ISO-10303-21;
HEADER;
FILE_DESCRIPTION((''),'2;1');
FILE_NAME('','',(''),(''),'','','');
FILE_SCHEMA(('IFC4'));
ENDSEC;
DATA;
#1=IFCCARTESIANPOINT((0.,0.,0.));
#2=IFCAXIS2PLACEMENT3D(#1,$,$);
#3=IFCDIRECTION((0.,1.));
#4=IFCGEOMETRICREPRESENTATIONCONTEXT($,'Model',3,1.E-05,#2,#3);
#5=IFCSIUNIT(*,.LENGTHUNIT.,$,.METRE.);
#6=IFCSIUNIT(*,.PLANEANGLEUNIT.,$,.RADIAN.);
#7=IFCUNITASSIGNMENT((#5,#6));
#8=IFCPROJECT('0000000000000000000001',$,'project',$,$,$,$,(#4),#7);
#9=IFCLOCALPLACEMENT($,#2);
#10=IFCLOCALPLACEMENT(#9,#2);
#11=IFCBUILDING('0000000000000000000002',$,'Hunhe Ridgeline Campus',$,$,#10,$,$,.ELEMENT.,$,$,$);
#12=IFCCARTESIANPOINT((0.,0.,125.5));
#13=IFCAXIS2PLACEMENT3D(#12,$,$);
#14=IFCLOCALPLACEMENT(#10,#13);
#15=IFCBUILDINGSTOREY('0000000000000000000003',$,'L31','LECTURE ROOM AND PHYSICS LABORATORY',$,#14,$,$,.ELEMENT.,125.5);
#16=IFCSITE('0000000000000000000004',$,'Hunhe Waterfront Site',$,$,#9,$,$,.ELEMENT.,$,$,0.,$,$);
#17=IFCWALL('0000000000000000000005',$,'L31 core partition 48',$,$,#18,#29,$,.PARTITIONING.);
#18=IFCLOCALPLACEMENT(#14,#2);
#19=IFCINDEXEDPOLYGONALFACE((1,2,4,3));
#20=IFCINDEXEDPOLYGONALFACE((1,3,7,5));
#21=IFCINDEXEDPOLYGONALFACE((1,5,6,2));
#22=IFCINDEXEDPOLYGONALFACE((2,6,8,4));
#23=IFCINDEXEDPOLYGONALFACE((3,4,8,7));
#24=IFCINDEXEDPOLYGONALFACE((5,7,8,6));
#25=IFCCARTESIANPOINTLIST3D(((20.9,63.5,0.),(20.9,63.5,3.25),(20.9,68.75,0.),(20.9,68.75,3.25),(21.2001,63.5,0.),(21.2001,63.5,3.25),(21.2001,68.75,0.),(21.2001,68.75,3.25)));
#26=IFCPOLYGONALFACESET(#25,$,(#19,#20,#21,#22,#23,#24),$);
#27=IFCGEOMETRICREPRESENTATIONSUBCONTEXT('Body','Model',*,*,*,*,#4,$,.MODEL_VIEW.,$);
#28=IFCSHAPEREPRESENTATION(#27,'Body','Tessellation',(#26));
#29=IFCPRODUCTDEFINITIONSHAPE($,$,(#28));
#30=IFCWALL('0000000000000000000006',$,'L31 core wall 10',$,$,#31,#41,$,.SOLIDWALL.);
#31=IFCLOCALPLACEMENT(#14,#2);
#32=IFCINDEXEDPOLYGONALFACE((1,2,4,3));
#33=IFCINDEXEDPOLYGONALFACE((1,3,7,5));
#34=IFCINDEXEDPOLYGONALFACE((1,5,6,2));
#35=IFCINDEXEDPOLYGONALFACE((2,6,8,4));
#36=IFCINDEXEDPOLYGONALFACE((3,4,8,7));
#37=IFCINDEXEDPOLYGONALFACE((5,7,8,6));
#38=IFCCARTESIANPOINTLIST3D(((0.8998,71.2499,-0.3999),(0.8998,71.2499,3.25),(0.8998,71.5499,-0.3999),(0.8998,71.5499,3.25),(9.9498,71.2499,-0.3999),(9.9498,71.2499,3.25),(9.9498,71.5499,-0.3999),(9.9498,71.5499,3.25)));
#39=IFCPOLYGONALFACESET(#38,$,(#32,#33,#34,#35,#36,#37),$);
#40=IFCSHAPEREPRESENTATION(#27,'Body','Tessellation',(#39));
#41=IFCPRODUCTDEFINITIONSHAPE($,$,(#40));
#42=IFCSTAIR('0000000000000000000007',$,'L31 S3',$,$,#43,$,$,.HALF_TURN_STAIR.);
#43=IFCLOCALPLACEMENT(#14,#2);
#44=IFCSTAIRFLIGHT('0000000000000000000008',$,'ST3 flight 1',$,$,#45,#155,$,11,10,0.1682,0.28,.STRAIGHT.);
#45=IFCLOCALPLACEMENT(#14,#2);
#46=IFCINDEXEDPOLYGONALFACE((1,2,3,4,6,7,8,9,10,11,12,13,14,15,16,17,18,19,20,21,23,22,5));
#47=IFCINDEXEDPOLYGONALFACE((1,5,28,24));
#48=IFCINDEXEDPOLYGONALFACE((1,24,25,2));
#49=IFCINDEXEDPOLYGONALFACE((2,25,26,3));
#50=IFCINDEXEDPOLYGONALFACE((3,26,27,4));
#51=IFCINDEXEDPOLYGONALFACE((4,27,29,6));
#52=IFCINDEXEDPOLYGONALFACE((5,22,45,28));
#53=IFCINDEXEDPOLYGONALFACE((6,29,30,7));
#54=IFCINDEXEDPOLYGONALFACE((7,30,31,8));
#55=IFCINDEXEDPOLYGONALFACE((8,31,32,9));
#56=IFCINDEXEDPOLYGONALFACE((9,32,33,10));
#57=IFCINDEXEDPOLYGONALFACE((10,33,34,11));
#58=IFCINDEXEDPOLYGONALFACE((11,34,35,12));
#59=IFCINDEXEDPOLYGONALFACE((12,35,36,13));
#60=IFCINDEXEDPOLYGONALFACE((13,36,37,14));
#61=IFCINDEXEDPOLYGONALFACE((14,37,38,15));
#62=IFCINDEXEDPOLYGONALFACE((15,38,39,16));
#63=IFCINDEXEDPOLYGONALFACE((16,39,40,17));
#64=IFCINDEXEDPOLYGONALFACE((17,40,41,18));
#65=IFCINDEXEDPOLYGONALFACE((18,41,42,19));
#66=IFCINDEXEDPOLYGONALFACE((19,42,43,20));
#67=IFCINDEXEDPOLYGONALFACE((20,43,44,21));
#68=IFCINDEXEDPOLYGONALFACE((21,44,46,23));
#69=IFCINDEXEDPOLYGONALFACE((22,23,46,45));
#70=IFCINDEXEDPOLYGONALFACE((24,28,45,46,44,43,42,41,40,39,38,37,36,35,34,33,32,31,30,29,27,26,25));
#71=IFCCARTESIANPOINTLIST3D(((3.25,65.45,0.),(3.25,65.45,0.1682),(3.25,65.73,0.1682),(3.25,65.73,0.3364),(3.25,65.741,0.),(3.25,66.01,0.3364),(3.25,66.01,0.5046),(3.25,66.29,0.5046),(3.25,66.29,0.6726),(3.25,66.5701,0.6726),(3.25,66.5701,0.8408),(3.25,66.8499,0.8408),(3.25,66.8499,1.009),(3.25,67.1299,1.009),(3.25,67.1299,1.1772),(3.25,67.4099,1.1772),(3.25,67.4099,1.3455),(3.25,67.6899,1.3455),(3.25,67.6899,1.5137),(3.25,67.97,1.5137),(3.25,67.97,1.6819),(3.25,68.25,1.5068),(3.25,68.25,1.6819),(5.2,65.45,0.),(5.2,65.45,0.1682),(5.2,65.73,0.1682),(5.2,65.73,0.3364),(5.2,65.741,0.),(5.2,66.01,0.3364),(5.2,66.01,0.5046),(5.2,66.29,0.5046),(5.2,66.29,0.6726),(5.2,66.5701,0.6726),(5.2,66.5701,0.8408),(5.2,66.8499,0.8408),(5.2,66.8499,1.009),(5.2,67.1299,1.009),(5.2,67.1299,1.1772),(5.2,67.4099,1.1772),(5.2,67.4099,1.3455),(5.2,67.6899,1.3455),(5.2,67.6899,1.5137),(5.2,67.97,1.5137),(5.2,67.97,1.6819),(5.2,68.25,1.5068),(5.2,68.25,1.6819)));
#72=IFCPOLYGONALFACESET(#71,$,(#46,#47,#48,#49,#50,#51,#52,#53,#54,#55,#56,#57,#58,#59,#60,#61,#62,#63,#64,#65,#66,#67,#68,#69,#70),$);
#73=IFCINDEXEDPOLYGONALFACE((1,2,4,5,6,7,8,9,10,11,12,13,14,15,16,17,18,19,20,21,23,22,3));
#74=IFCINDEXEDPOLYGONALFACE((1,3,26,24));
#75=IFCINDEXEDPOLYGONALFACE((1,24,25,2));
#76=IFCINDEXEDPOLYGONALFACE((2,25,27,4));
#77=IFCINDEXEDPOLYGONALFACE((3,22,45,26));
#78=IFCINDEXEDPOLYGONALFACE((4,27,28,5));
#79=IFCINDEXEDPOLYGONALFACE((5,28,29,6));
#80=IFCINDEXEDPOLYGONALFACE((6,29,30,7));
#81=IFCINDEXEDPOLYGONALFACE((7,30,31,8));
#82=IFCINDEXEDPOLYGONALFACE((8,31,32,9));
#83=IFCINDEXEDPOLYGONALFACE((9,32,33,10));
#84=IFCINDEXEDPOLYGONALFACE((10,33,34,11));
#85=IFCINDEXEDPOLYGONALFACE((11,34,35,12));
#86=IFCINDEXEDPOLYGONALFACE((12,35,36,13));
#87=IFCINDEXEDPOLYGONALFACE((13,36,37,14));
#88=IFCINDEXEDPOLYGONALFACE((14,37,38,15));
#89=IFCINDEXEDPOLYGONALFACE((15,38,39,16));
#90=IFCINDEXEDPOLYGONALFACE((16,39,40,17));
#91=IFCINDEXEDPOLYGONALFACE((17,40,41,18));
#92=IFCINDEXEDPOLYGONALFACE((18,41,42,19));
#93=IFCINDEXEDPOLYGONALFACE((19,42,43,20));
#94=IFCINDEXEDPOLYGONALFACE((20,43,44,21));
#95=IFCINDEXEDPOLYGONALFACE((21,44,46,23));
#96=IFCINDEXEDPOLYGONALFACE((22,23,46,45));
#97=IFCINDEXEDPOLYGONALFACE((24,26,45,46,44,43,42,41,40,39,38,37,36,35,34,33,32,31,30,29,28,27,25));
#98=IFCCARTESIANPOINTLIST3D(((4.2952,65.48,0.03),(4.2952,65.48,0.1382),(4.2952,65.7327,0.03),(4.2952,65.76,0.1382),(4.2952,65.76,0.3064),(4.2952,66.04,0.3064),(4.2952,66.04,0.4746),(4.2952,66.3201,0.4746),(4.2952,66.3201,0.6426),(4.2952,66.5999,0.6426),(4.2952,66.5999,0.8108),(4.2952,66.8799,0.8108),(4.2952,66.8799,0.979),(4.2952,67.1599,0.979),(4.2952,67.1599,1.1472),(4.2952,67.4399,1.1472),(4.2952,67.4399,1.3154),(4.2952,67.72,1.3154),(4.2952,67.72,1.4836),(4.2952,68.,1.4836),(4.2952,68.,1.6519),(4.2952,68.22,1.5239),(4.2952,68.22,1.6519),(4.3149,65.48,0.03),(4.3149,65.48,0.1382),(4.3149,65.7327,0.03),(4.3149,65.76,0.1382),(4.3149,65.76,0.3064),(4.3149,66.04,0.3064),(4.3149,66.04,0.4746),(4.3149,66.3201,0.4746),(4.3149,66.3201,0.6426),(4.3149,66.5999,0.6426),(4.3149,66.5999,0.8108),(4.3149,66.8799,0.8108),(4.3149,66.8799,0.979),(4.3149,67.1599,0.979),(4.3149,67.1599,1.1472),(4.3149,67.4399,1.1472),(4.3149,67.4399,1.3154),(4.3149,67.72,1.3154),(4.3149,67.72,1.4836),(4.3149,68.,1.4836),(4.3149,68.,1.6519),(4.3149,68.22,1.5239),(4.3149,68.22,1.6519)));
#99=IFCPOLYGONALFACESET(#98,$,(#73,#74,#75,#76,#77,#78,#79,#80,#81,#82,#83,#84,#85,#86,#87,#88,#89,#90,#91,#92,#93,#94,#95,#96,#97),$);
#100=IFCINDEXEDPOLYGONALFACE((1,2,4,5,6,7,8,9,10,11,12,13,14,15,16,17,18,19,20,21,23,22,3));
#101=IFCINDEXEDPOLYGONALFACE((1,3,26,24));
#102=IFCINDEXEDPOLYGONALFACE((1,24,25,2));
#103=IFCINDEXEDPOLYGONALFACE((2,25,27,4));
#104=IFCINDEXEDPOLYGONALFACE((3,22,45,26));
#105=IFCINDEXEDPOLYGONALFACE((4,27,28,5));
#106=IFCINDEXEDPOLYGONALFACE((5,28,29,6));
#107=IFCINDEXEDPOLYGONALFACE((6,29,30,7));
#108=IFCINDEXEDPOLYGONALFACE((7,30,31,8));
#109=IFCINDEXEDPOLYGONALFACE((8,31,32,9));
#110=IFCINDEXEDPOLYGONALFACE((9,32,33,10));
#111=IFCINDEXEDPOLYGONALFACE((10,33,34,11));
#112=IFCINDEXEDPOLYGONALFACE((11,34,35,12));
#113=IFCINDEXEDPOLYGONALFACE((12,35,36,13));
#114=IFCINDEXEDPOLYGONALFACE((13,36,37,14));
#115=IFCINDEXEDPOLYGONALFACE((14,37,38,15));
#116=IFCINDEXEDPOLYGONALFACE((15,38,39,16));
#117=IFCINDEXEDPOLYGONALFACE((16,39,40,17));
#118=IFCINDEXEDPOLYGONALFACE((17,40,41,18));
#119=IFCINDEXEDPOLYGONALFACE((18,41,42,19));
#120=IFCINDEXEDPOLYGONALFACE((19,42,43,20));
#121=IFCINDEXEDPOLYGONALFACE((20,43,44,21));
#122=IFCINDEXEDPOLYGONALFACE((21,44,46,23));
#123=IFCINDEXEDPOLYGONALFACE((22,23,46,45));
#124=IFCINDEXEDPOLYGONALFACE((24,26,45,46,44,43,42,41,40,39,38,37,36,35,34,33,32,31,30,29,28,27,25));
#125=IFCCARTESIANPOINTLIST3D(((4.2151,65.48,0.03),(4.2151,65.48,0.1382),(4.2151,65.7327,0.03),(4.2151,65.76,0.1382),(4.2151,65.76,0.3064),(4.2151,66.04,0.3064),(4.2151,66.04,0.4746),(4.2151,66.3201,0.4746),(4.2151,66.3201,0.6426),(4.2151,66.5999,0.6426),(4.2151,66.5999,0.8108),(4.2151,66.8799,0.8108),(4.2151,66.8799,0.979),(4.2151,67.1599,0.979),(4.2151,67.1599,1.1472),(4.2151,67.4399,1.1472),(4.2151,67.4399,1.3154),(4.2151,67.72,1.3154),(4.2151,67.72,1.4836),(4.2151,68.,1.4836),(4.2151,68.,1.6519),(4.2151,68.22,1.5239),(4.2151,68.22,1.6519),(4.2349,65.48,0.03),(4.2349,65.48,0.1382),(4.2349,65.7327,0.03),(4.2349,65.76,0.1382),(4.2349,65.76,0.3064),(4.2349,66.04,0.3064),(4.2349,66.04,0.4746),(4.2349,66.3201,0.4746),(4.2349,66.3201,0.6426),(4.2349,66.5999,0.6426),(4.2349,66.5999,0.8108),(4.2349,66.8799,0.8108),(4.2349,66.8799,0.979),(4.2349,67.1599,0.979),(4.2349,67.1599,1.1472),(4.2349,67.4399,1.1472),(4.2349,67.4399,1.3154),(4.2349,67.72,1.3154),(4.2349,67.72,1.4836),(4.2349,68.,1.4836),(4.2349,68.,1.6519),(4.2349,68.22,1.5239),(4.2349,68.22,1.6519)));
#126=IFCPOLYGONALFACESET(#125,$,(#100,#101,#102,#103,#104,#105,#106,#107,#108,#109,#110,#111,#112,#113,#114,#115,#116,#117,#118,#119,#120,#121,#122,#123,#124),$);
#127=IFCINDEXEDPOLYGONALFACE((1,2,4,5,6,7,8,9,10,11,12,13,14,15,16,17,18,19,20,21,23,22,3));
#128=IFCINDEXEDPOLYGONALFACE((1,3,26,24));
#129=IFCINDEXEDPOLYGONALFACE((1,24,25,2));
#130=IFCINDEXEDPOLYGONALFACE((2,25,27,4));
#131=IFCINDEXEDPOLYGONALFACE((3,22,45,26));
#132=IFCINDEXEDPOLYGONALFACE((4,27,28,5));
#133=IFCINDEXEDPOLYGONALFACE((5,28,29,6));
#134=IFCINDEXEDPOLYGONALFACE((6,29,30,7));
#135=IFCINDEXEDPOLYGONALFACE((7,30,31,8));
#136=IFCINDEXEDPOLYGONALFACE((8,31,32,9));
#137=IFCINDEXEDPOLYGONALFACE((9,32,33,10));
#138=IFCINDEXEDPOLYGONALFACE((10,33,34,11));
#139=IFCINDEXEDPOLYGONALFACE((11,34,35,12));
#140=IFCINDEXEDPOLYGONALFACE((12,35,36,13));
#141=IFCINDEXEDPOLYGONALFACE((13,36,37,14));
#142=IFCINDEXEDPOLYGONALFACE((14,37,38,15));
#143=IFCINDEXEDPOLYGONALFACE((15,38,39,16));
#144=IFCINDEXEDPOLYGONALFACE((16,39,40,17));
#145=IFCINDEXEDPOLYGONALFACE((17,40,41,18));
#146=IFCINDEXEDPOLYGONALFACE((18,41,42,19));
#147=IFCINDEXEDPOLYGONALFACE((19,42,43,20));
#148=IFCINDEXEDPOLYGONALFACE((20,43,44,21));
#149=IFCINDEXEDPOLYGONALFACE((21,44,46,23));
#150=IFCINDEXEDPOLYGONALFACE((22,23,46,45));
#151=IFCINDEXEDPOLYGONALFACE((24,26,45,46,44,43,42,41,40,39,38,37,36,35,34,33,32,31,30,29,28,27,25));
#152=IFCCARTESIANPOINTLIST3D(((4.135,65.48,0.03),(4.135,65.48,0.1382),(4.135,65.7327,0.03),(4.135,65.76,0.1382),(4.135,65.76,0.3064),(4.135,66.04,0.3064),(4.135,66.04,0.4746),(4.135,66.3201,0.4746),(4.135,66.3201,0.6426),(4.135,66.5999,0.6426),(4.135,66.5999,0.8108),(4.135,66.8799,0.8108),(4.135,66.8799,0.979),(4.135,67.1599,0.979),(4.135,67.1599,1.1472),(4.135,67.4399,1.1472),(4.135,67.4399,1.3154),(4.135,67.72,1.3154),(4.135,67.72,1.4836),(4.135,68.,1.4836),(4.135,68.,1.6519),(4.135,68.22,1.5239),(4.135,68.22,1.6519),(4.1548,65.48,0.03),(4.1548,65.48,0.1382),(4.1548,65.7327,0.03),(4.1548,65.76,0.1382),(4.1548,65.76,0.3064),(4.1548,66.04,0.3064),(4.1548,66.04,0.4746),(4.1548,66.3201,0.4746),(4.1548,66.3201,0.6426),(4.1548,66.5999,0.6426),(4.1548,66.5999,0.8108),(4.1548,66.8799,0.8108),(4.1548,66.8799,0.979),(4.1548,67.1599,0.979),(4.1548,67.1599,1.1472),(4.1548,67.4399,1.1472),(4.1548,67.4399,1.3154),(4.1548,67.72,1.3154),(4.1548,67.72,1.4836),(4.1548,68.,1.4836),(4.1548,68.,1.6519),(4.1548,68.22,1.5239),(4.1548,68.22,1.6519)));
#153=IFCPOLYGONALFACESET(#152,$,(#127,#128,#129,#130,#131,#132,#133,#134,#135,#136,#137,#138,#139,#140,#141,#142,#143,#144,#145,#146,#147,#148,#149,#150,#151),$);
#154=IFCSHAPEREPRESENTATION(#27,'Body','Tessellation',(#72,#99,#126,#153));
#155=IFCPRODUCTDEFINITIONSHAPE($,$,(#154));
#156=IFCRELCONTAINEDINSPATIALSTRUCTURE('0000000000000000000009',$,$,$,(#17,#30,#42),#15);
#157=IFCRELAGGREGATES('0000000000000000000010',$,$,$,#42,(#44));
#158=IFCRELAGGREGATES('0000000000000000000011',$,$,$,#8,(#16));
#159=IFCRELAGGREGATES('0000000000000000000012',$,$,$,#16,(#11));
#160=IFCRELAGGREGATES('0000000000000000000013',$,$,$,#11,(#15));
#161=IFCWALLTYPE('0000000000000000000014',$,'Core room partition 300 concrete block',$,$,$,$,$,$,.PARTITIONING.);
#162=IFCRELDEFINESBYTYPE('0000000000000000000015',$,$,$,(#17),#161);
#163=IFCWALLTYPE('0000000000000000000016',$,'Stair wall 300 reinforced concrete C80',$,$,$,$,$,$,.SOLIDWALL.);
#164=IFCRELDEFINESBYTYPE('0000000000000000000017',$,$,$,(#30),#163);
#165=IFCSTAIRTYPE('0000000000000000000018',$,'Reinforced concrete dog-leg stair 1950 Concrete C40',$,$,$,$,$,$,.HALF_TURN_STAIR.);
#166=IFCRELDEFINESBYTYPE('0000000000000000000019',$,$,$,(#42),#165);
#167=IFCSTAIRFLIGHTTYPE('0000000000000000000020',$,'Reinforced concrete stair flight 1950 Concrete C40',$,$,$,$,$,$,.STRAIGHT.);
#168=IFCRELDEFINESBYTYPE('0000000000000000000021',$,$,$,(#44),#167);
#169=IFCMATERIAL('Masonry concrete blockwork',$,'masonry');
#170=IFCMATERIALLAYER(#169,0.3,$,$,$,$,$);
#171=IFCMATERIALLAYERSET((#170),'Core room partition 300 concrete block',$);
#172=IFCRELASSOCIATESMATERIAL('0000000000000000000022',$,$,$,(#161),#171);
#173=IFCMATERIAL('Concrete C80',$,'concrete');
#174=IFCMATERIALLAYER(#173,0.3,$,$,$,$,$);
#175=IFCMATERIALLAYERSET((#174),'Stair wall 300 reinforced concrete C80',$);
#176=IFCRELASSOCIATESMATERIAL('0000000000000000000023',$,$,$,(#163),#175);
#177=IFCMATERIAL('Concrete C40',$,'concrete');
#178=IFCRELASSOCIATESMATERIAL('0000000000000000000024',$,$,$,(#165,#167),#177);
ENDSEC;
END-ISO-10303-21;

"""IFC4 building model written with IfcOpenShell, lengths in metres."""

from ifc_helpers import new_model, si_unit, direction, frame, frame_2d, origin, place, context, subcontext, project, spatial, polyline, rectangle, outline, extrude, material, layer, layer_set, type_object, element, aggregate, save


model = new_model("IFC4")

# Units and contexts
model_context = context("Model", 3, precision=1e-05, world=origin(), true_north=direction((0.0, 1.0)))
body_context = subcontext(model_context, "Body", "Model", "MODEL_VIEW")
ifc_project = project(units=[si_unit("LENGTHUNIT", "METRE"), si_unit("PLANEANGLEUNIT", "RADIAN")], contexts=[model_context])

# Site, building, storey
site_placement = place(None, origin())
site = spatial("IfcSite", under=ifc_project, at=site_placement, Name="Hunhe Waterfront Site", CompositionType="ELEMENT", RefElevation=0.0)
building_placement = place(site_placement, origin())
building = spatial("IfcBuilding", under=site, at=building_placement, Name="Hunhe Ridgeline Campus", CompositionType="ELEMENT")
storey_placement = place(building_placement, frame((0.0, 0.0, 125.5)))
storey = spatial("IfcBuildingStorey", under=building, at=storey_placement, Name="L31", Description="LECTURE ROOM AND PHYSICS LABORATORY", CompositionType="ELEMENT", Elevation=125.5)

# Shared definitions
ifc_material_1 = material(Name="Masonry concrete blockwork", Category="masonry")
ifc_layer_1 = layer(ifc_material_1, 0.3)
ifc_layer_set_1 = layer_set([ifc_layer_1], Name="Core room partition 300 concrete block")
wall_type_1 = type_object("IfcWallType", Name="Core room partition 300 concrete block", PredefinedType="PARTITIONING", material=ifc_layer_set_1)

# Wall
wall_1_placement = place(storey_placement, frame((21.05, 63.5, 0.0), z_axis=(0.0, 0.0, 1.0), x_axis=(0.0, 1.0, 0.0)))
element("IfcWall", 1, at=wall_1_placement, inside=storey, type_object=wall_type_1, Name="L31 core partition 48", PredefinedType="PARTITIONING", context=body_context, shape_type="SweptSolid", body=[
    extrude(rectangle(XDim=5.25, YDim=0.3, at=frame_2d((2.625, 0.0))), origin(), (0.0, 0.0, 1.0), 3.25),
])

# Shared definitions
ifc_material_2 = material(Name="Concrete C80", Category="concrete")

# Wall
ifc_layer_2 = layer(ifc_material_2, 0.3)
ifc_layer_set_2 = layer_set([ifc_layer_2], Name="Stair wall 300 reinforced concrete C80")
wall_type_2 = type_object("IfcWallType", Name="Stair wall 300 reinforced concrete C80", PredefinedType="SOLIDWALL", material=ifc_layer_set_2)
wall_2_placement = place(storey_placement, frame((0.8999, 71.3999, -0.3999), z_axis=(0.0, 0.0, 1.0), x_axis=(1.0, 0.0, 0.0)))
element("IfcWall", 2, at=wall_2_placement, inside=storey, type_object=wall_type_2, Name="L31 core wall 10", PredefinedType="SOLIDWALL", context=body_context, shape_type="SweptSolid", body=[
    extrude(rectangle(XDim=9.05, YDim=0.3, at=frame_2d((4.5249, 0.0))), origin(), (0.0, 0.0, 1.0), 3.6499),
])

# Stair, stair flight
ifc_material_3 = material(Name="Concrete C40", Category="concrete")
stair_type = type_object("IfcStairType", Name="Reinforced concrete dog-leg stair 1950 Concrete C40", PredefinedType="HALF_TURN_STAIR", material=ifc_material_3)
stair_1_placement = place(storey_placement, origin())
stair_1 = element("IfcStair", 3, at=stair_1_placement, inside=storey, type_object=stair_type, Name="L31 S3", PredefinedType="HALF_TURN_STAIR")
stair_flight_type = type_object("IfcStairFlightType", Name="Reinforced concrete stair flight 1950 Concrete C40", PredefinedType="STRAIGHT", material=ifc_material_3)
stair_flight_1_placement = place(storey_placement, frame((4.2251, 65.45, 0.0), z_axis=(0.0, 0.0, 1.0), x_axis=(0.0, 1.0, 0.0)))
stair_flight_1 = element("IfcStairFlight", 4, at=stair_flight_1_placement, type_object=stair_flight_type, Name="ST3 flight 1", NumberOfRisers=11, NumberOfTreads=10, PredefinedType="STRAIGHT", RiserHeight=0.1682, TreadLength=0.28, context=body_context, shape_type="SweptSolid", body=[
    extrude(outline(polyline([(0.0, 0.0), (0.0, 0.1682), (0.28, 0.1682), (0.28, 0.3364), (0.5601, 0.3364), (0.5601, 0.5046), (0.8401, 0.5046), (0.8401, 0.6726), (1.1201, 0.6726), (1.1201, 0.8408), (1.3999, 0.8408), (1.3999, 1.009), (1.6799, 1.009), (1.6799, 1.1772), (1.96, 1.1772), (1.96, 1.3455), (2.24, 1.3455), (2.24, 1.5137), (2.52, 1.5137), (2.52, 1.6819), (2.8, 1.6819), (2.8, 1.8501), (2.8, 1.5068), (0.291, 0.0), (0.0, 0.0)])), frame((0.0, 0.9751, 0.0), z_axis=(0.0, -1.0, 0.0), x_axis=(1.0, 0.0, 0.0)), (0.0, 0.0, 1.0), 1.95),
    extrude(outline(polyline([(0.03, 0.03), (0.03, 0.1382), (0.3101, 0.1382), (0.3101, 0.3064), (0.5901, 0.3064), (0.5901, 0.4746), (0.8701, 0.4746), (0.8701, 0.6426), (1.1499, 0.6426), (1.1499, 0.8108), (1.4299, 0.8108), (1.4299, 0.979), (1.71, 0.979), (1.71, 1.1472), (1.99, 1.1472), (1.99, 1.3154), (2.27, 1.3154), (2.27, 1.4836), (2.55, 1.4836), (2.55, 1.6519), (2.77, 1.6519), (2.77, 1.5239), (0.2827, 0.03), (0.03, 0.03)])), frame((0.0, -0.0701, 0.0), z_axis=(0.0, -1.0, 0.0), x_axis=(1.0, 0.0, 0.0)), (0.0, 0.0, 1.0), 0.0198),
    extrude(outline(polyline([(0.03, 0.03), (0.03, 0.1382), (0.3101, 0.1382), (0.3101, 0.3064), (0.5901, 0.3064), (0.5901, 0.4746), (0.8701, 0.4746), (0.8701, 0.6426), (1.1499, 0.6426), (1.1499, 0.8108), (1.4299, 0.8108), (1.4299, 0.979), (1.71, 0.979), (1.71, 1.1472), (1.99, 1.1472), (1.99, 1.3154), (2.27, 1.3154), (2.27, 1.4836), (2.55, 1.4836), (2.55, 1.6519), (2.77, 1.6519), (2.77, 1.5239), (0.2827, 0.03), (0.03, 0.03)])), frame((0.0, 0.01, 0.0), z_axis=(0.0, -1.0, 0.0), x_axis=(1.0, 0.0, 0.0)), (0.0, 0.0, 1.0), 0.0198),
    extrude(outline(polyline([(0.03, 0.03), (0.03, 0.1382), (0.3101, 0.1382), (0.3101, 0.3064), (0.5901, 0.3064), (0.5901, 0.4746), (0.8701, 0.4746), (0.8701, 0.6426), (1.1499, 0.6426), (1.1499, 0.8108), (1.4299, 0.8108), (1.4299, 0.979), (1.71, 0.979), (1.71, 1.1472), (1.99, 1.1472), (1.99, 1.3154), (2.27, 1.3154), (2.27, 1.4836), (2.55, 1.4836), (2.55, 1.6519), (2.77, 1.6519), (2.77, 1.5239), (0.2827, 0.03), (0.03, 0.03)])), frame((0.0, 0.0901, 0.0), z_axis=(0.0, -1.0, 0.0), x_axis=(1.0, 0.0, 0.0)), (0.0, 0.0, 1.0), 0.0198),
])
aggregate(stair_1, [stair_flight_1])

save(model, "model.ifc")
